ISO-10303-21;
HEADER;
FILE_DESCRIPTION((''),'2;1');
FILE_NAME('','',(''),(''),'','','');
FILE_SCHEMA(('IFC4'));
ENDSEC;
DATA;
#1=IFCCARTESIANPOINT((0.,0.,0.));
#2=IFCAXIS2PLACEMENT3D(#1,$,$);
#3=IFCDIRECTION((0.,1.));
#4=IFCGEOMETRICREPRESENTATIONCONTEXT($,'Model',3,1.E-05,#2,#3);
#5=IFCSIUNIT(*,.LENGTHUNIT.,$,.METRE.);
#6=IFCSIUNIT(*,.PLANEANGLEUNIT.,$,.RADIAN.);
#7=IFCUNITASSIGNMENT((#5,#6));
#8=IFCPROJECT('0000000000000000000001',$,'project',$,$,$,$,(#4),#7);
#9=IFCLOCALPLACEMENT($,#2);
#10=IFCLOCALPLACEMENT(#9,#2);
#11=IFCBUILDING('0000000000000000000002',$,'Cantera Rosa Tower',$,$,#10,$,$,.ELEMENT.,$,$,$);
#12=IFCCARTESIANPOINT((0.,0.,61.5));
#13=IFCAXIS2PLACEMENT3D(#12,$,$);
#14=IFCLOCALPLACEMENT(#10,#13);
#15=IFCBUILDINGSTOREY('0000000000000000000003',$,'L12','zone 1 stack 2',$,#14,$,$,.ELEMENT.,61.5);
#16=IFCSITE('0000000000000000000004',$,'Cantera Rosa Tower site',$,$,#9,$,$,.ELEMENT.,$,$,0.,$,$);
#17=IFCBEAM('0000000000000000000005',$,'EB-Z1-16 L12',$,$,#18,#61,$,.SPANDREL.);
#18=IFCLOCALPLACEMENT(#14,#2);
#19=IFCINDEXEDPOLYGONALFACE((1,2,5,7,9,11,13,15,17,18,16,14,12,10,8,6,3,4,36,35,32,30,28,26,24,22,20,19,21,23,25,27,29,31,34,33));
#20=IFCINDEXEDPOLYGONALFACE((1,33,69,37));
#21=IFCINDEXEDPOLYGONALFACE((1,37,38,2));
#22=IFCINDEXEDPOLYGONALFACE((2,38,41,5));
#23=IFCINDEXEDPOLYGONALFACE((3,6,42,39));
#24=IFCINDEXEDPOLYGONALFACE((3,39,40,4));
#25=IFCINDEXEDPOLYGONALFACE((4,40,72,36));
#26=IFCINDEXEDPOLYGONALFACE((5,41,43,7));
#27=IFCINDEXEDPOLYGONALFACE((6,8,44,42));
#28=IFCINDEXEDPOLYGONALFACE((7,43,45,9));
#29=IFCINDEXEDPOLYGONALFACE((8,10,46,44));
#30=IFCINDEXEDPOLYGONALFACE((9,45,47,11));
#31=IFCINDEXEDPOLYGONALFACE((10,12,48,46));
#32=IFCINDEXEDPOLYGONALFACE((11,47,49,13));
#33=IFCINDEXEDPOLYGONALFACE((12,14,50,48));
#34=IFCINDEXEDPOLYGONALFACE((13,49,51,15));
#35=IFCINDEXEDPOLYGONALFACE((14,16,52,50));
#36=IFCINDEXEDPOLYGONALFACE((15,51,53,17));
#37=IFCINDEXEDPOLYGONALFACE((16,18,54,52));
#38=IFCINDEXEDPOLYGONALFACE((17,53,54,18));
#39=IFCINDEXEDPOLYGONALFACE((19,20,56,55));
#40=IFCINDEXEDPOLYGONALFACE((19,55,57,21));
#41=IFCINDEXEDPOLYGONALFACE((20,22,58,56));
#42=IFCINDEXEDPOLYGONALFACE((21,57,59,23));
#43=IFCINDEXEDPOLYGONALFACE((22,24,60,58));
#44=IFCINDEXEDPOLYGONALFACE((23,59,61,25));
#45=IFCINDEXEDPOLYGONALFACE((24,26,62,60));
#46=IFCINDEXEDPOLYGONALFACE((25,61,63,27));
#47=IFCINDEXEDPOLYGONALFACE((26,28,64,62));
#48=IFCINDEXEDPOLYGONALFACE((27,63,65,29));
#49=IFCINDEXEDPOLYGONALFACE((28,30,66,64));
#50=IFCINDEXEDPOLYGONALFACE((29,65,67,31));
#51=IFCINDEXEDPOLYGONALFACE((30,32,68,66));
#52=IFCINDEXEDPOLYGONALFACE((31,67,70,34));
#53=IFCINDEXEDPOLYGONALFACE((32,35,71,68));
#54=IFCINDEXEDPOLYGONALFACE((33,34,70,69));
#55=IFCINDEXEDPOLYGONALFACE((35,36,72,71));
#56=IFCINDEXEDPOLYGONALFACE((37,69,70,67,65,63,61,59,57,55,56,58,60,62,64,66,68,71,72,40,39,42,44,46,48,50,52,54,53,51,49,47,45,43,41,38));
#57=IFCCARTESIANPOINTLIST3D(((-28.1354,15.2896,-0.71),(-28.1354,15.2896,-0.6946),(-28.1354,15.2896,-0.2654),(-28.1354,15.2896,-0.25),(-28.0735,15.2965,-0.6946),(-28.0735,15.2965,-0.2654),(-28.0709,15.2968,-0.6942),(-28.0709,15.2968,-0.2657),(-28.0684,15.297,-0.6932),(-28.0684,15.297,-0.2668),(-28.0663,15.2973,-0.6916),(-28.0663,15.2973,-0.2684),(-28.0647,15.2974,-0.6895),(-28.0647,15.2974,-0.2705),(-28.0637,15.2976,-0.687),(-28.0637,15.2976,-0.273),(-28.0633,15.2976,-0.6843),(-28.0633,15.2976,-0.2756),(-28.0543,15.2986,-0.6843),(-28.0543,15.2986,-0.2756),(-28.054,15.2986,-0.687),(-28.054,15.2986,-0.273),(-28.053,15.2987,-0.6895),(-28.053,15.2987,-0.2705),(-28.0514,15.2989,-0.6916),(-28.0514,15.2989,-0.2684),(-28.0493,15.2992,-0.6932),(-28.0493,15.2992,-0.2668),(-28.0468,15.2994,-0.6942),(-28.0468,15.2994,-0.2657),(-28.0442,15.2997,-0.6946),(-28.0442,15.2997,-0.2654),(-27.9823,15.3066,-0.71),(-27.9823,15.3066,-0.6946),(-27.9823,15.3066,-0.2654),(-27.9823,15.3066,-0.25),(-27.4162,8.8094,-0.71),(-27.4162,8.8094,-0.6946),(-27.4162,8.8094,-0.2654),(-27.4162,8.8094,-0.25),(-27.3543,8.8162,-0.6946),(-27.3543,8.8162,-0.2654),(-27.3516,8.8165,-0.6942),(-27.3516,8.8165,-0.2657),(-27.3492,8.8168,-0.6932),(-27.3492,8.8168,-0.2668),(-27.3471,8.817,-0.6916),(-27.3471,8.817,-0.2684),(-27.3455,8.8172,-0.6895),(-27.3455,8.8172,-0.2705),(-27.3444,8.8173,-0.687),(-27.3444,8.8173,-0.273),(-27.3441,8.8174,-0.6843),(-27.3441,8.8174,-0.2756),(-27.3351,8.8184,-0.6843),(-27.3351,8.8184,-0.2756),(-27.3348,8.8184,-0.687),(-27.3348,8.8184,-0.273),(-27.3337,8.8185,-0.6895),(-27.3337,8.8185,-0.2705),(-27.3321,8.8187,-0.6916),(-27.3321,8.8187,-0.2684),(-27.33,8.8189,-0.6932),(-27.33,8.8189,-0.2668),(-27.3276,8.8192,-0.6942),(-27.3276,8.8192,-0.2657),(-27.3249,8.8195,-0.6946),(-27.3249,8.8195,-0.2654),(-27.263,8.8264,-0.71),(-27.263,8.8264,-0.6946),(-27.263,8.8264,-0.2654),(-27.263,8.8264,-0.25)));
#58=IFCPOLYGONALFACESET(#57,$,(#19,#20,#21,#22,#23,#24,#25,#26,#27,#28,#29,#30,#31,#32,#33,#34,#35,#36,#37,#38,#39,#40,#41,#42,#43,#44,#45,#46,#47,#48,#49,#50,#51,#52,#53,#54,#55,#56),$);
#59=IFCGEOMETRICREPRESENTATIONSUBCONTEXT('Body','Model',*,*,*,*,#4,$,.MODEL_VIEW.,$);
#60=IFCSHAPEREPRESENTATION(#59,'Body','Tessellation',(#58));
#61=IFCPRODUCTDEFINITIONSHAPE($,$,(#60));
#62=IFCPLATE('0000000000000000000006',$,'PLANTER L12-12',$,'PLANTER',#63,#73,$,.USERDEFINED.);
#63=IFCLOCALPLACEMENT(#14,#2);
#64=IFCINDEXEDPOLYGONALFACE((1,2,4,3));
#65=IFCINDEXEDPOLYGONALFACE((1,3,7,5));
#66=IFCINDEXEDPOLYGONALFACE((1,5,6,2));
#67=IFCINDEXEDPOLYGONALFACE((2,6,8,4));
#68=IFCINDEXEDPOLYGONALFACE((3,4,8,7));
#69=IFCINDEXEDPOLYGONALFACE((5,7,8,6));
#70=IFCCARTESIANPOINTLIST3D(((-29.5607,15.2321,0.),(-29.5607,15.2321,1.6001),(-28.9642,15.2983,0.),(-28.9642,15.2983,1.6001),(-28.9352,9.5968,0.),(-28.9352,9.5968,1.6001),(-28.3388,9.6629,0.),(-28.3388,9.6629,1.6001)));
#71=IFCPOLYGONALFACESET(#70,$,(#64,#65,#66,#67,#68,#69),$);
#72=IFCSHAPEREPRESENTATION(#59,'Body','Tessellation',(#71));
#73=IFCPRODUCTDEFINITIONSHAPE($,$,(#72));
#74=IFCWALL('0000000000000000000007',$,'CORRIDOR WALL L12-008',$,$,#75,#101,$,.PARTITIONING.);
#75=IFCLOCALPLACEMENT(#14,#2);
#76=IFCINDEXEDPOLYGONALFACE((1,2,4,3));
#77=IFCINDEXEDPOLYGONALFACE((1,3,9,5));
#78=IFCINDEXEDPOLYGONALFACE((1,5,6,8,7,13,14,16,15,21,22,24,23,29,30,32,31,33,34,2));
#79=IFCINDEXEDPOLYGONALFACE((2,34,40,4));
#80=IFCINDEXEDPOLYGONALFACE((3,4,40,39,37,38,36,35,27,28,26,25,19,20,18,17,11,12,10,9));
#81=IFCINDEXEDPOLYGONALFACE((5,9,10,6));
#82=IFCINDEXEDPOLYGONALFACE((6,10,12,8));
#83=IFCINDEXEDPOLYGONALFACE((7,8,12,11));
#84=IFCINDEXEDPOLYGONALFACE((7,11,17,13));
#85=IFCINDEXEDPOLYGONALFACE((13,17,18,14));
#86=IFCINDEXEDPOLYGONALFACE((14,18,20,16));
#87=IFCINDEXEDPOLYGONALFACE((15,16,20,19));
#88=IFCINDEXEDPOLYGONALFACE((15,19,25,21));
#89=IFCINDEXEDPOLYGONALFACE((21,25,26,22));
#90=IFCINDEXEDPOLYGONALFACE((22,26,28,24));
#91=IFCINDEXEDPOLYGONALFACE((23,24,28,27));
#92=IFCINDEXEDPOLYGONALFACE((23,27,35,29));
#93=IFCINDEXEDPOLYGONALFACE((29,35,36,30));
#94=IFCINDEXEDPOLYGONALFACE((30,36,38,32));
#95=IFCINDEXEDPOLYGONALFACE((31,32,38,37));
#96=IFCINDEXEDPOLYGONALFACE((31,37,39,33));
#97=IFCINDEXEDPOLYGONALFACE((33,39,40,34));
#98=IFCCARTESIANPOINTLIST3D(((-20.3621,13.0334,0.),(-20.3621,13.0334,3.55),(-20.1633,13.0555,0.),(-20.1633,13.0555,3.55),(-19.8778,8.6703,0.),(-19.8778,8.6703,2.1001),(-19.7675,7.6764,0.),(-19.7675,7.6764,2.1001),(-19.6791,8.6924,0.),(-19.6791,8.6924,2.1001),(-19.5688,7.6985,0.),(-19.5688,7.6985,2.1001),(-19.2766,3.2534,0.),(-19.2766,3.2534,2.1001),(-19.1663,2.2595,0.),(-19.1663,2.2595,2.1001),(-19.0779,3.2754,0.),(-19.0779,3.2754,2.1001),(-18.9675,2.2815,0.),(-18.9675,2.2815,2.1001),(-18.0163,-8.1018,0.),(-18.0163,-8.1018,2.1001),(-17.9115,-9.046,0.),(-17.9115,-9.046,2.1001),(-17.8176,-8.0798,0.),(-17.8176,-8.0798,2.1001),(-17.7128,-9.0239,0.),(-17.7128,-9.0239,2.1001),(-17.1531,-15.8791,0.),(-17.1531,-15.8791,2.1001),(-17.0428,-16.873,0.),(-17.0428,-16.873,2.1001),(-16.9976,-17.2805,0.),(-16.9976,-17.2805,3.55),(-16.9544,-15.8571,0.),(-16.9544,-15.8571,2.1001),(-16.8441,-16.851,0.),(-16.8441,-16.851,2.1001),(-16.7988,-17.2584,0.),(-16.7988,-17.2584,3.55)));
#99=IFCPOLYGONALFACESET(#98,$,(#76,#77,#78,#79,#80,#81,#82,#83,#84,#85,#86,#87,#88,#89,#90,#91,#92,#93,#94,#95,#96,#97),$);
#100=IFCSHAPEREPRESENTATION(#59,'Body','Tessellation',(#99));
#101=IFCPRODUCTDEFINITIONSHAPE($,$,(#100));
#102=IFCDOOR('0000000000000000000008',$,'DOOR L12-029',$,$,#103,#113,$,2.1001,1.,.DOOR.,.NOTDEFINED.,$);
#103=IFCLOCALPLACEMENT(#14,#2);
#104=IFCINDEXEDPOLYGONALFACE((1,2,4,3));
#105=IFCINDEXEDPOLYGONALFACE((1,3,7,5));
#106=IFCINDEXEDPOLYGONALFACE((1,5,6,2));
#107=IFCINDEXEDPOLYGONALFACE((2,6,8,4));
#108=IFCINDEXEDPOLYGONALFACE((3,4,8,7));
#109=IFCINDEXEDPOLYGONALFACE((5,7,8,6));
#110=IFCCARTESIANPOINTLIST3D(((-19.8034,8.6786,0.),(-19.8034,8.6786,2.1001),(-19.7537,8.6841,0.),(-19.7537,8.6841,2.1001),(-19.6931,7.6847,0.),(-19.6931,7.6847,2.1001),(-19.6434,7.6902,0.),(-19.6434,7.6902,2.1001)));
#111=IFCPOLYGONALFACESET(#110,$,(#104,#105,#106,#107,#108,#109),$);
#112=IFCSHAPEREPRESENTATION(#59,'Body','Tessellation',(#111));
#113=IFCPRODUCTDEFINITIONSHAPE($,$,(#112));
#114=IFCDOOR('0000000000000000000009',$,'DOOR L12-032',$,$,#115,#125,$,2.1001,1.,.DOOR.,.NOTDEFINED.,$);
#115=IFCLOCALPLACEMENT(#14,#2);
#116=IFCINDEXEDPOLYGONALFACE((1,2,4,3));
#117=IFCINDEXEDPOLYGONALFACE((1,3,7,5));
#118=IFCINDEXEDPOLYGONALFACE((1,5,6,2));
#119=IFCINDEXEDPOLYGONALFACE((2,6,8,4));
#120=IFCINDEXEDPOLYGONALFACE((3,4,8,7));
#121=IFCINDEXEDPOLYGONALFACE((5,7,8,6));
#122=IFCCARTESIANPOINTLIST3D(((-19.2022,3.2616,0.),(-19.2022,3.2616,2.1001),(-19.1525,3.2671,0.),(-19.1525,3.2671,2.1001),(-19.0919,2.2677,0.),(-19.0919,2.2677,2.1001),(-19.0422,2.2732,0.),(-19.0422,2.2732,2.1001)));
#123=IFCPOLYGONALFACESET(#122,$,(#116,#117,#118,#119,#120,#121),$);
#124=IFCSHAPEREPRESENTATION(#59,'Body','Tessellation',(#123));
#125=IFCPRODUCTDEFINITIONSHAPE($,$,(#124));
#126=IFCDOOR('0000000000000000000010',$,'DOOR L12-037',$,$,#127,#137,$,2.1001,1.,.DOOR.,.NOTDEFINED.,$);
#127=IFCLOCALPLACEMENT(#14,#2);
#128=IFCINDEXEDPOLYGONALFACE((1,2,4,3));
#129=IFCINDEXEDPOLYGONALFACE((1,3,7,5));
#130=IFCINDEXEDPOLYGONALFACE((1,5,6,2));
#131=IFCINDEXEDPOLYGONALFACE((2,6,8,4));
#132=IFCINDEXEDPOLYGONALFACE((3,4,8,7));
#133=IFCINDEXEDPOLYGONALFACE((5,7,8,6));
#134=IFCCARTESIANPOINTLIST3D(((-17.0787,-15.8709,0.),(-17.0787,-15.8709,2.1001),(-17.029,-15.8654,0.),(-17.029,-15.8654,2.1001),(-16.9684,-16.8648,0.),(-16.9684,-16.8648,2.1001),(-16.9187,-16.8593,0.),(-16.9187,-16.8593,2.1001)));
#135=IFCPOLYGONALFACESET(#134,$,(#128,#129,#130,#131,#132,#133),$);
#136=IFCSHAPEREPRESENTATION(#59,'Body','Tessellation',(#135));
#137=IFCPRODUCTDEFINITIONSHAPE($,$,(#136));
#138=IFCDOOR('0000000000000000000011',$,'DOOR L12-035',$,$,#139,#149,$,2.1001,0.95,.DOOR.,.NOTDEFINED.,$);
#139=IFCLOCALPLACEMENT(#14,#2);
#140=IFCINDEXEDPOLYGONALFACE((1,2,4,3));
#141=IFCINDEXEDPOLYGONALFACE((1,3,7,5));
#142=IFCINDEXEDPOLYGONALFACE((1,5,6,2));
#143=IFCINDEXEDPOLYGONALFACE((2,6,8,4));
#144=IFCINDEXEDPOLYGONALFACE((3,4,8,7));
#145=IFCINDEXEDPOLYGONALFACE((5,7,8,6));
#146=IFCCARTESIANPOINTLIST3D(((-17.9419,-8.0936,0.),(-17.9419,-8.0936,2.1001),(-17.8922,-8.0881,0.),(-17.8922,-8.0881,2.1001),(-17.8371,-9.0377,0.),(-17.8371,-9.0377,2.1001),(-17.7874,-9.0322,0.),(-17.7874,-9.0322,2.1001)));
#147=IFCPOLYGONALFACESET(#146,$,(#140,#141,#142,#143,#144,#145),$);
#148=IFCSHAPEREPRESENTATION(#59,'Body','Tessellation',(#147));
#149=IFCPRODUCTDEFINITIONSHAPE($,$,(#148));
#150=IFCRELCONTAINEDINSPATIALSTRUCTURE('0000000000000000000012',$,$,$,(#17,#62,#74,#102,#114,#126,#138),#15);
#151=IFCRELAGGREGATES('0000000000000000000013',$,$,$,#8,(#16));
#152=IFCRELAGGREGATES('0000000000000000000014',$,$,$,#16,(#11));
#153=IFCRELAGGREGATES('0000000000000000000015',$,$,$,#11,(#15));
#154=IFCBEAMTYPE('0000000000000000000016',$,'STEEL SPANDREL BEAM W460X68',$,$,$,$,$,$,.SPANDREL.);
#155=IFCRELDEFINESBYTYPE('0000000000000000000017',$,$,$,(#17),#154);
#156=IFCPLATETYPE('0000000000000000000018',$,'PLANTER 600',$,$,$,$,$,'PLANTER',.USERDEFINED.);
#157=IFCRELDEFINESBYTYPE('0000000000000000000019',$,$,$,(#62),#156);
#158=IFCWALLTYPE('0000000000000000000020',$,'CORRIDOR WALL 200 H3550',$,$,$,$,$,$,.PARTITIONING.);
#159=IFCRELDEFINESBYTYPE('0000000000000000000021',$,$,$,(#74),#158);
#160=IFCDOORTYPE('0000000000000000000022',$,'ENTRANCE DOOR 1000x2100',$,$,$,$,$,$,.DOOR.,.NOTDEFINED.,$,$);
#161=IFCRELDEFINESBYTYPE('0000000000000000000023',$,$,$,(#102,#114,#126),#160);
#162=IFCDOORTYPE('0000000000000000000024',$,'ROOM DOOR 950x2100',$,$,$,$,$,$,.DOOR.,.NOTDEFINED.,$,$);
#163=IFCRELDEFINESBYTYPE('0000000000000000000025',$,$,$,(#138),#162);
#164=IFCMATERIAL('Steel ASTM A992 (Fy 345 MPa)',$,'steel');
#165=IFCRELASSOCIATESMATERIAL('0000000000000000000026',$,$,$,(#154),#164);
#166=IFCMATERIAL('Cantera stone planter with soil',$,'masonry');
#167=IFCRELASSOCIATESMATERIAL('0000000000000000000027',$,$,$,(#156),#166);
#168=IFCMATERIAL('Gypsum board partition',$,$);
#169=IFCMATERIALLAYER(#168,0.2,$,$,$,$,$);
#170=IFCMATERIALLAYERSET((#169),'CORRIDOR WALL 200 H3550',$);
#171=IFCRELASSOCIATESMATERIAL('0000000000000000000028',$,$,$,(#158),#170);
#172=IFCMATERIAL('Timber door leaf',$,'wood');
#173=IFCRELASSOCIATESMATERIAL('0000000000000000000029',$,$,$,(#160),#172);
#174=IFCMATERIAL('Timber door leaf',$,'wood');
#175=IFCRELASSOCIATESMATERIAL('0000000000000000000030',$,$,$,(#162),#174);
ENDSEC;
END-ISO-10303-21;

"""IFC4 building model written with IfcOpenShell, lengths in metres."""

from ifc_helpers import new_model, si_unit, direction, frame, frame_2d, origin, origin_2d, place, context, subcontext, project, spatial, rectangle, i_section, extrude, material, layer, layer_set, material_profile, profile_set, type_object, element, fill, save


model = new_model("IFC4")

# Units and contexts
model_context = context("Model", 3, precision=1e-05, world=origin(), true_north=direction((0.0, 1.0)))
body_context = subcontext(model_context, "Body", "Model", "MODEL_VIEW")
ifc_project = project(units=[si_unit("LENGTHUNIT", "METRE"), si_unit("PLANEANGLEUNIT", "RADIAN")], contexts=[model_context])

# Site, building, storey
site_placement = place(None, origin())
site = spatial("IfcSite", under=ifc_project, at=site_placement, Name="Cantera Rosa Tower site", CompositionType="ELEMENT", RefElevation=0.0)
building_placement = place(site_placement, origin())
building = spatial("IfcBuilding", under=site, at=building_placement, Name="Cantera Rosa Tower", CompositionType="ELEMENT")
storey_placement = place(building_placement, frame((0.0, 0.0, 61.5)))
storey = spatial("IfcBuildingStorey", under=building, at=storey_placement, Name="L12", Description="zone 1 stack 2", CompositionType="ELEMENT", Elevation=61.5)

# Beam
ifc_material_1 = material(Name="Steel ASTM A992 (Fy 345 MPa)", Category="steel")
ifc_material_profile_1 = material_profile(ifc_material_1, i_section(OverallWidth=0.1541, OverallDepth=0.46, WebThickness=0.009, FlangeThickness=0.0154, FilletRadius=0.0103, at=origin_2d()), Name="W460X68")
ifc_profile_set_1 = profile_set([ifc_material_profile_1], Name="Steel ASTM A992 (Fy 345 MPa)")
beam_type_1 = type_object("IfcBeamType", Name="STEEL SPANDREL BEAM W460X68", PredefinedType="SPANDREL", material=ifc_profile_set_1)
beam_1_placement = place(storey_placement, frame((-28.0588, 15.2981, -0.48), z_axis=(0.110312, -0.993897, 0.0), x_axis=(0.993897, 0.110312, 0.0)))
element("IfcBeam", 1, at=beam_1_placement, inside=storey, type_object=beam_type_1, Name="EB-Z1-16 L12", PredefinedType="SPANDREL", context=body_context, shape_type="SweptSolid", body=[
    extrude(i_section(OverallWidth=0.1541, OverallDepth=0.46, WebThickness=0.009, FlangeThickness=0.0154, FilletRadius=0.0103, at=origin_2d()), origin(), (0.0, 0.0, 1.0), 6.52),
])

# Plate
ifc_material_2 = material(Name="Cantera stone planter with soil", Category="masonry")
plate_type = type_object("IfcPlateType", Name="PLANTER 600", ElementType="PLANTER", PredefinedType="USERDEFINED", material=ifc_material_2)
plate_placement = place(storey_placement, frame((-28.9497, 12.4475, 0.0), z_axis=(0.0, 0.0, 1.0), x_axis=(0.110313, -0.993897, 0.0)))
element("IfcPlate", 2, at=plate_placement, inside=storey, type_object=plate_type, Name="PLANTER L12-12", ObjectType="PLANTER", PredefinedType="USERDEFINED", context=body_context, shape_type="SweptSolid", body=[
    extrude(rectangle(XDim=5.6699, YDim=0.6001, at=origin_2d()), origin(), (0.0, 0.0, 1.0), 1.6001),
])

# Wall, openings, doors
ifc_material_3 = material(Name="Gypsum board partition")
ifc_layer_1 = layer(ifc_material_3, 0.2)
ifc_layer_set_1 = layer_set([ifc_layer_1], Name="CORRIDOR WALL 200 H3550")
wall_type_1 = type_object("IfcWallType", Name="CORRIDOR WALL 200 H3550", PredefinedType="PARTITIONING", material=ifc_layer_set_1)
wall_1_placement = place(storey_placement, frame((-20.2627, 13.0444, 0.0), z_axis=(0.0, 0.0, 1.0), x_axis=(0.110311, -0.993897, 0.0)))
wall_1 = element("IfcWall", 3, at=wall_1_placement, inside=storey, type_object=wall_type_1, Name="CORRIDOR WALL L12-008", PredefinedType="PARTITIONING", context=body_context, shape_type="SweptSolid", body=[
    extrude(rectangle(XDim=30.5, YDim=0.2, at=frame_2d((15.25, 0.0))), origin(), (0.0, 0.0, 1.0), 3.55),
])
opening_1_placement = place(wall_1_placement, frame((4.3899, 0.0, 0.0)))
opening_1 = element("IfcOpeningElement", 4, at=opening_1_placement, cuts=wall_1, PredefinedType="OPENING", context=body_context, shape_type="SweptSolid", body=[
    extrude(rectangle(XDim=1.0, YDim=2.1001, at=frame_2d((0.5, 1.05))), frame((0.0, 0.1099, 0.0), z_axis=(0.0, -1.0, 0.0), x_axis=(1.0, 0.0, 0.0)), (0.0, 0.0, 1.0), 0.22),
])
opening_2_placement = place(wall_1_placement, frame((9.8401, 0.0, 0.0)))
opening_2 = element("IfcOpeningElement", 5, at=opening_2_placement, cuts=wall_1, PredefinedType="OPENING", context=body_context, shape_type="SweptSolid", body=[
    extrude(rectangle(XDim=1.0, YDim=2.1001, at=frame_2d((0.5, 1.05))), frame((0.0, 0.1099, 0.0), z_axis=(0.0, -1.0, 0.0), x_axis=(1.0, 0.0, 0.0)), (0.0, 0.0, 1.0), 0.22),
])
opening_3_placement = place(wall_1_placement, frame((21.2649, 0.0, 0.0)))
opening_3 = element("IfcOpeningElement", 6, at=opening_3_placement, cuts=wall_1, PredefinedType="OPENING", context=body_context, shape_type="SweptSolid", body=[
    extrude(rectangle(XDim=0.95, YDim=2.1001, at=frame_2d((0.4751, 1.05))), frame((0.0, 0.1099, 0.0), z_axis=(0.0, -1.0, 0.0), x_axis=(1.0, 0.0, 0.0)), (0.0, 0.0, 1.0), 0.22),
])
opening_4_placement = place(wall_1_placement, frame((29.0901, 0.0, 0.0)))
opening_4 = element("IfcOpeningElement", 7, at=opening_4_placement, cuts=wall_1, PredefinedType="OPENING", context=body_context, shape_type="SweptSolid", body=[
    extrude(rectangle(XDim=1.0, YDim=2.1001, at=frame_2d((0.5, 1.05))), frame((0.0, 0.1099, 0.0), z_axis=(0.0, -1.0, 0.0), x_axis=(1.0, 0.0, 0.0)), (0.0, 0.0, 1.0), 0.22),
])
ifc_material_4 = material(Name="Timber door leaf", Category="wood")
door_type_1 = type_object("IfcDoorType", Name="ENTRANCE DOOR 1000x2100", OperationType="NOTDEFINED", PredefinedType="DOOR", material=ifc_material_4)
door_1_placement = place(opening_1_placement, origin())
door_1 = element("IfcDoor", 8, at=door_1_placement, inside=storey, type_object=door_type_1, Name="DOOR L12-029", OperationType="NOTDEFINED", OverallHeight=2.1001, OverallWidth=1.0, PredefinedType="DOOR", context=body_context, shape_type="SweptSolid", body=[
    extrude(rectangle(XDim=1.0, YDim=2.1001, at=frame_2d((0.5, 1.05))), frame((0.0, 0.0249, 0.0), z_axis=(0.0, -1.0, 0.0), x_axis=(1.0, 0.0, 0.0)), (0.0, 0.0, 1.0), 0.05),
])
fill(opening_1, door_1)
door_2_placement = place(opening_2_placement, origin())
door_2 = element("IfcDoor", 9, at=door_2_placement, inside=storey, type_object=door_type_1, Name="DOOR L12-032", OperationType="NOTDEFINED", OverallHeight=2.1001, OverallWidth=1.0, PredefinedType="DOOR", context=body_context, shape_type="SweptSolid", body=[
    extrude(rectangle(XDim=1.0, YDim=2.1001, at=frame_2d((0.5, 1.05))), frame((0.0, 0.0249, 0.0), z_axis=(0.0, -1.0, 0.0), x_axis=(1.0, 0.0, 0.0)), (0.0, 0.0, 1.0), 0.05),
])
fill(opening_2, door_2)
door_3_placement = place(opening_4_placement, origin())
door_3 = element("IfcDoor", 10, at=door_3_placement, inside=storey, type_object=door_type_1, Name="DOOR L12-037", OperationType="NOTDEFINED", OverallHeight=2.1001, OverallWidth=1.0, PredefinedType="DOOR", context=body_context, shape_type="SweptSolid", body=[
    extrude(rectangle(XDim=1.0, YDim=2.1001, at=frame_2d((0.5, 1.05))), frame((0.0, 0.0249, 0.0), z_axis=(0.0, -1.0, 0.0), x_axis=(1.0, 0.0, 0.0)), (0.0, 0.0, 1.0), 0.05),
])
fill(opening_4, door_3)
ifc_material_5 = material(Name="Timber door leaf", Category="wood")
door_type_2 = type_object("IfcDoorType", Name="ROOM DOOR 950x2100", OperationType="NOTDEFINED", PredefinedType="DOOR", material=ifc_material_5)
door_4_placement = place(opening_3_placement, origin())
door_4 = element("IfcDoor", 11, at=door_4_placement, inside=storey, type_object=door_type_2, Name="DOOR L12-035", OperationType="NOTDEFINED", OverallHeight=2.1001, OverallWidth=0.95, PredefinedType="DOOR", context=body_context, shape_type="SweptSolid", body=[
    extrude(rectangle(XDim=0.95, YDim=2.1001, at=frame_2d((0.4751, 1.05))), frame((0.0, 0.0249, 0.0), z_axis=(0.0, -1.0, 0.0), x_axis=(1.0, 0.0, 0.0)), (0.0, 0.0, 1.0), 0.05),
])
fill(opening_3, door_4)

save(model, "model.ifc")
